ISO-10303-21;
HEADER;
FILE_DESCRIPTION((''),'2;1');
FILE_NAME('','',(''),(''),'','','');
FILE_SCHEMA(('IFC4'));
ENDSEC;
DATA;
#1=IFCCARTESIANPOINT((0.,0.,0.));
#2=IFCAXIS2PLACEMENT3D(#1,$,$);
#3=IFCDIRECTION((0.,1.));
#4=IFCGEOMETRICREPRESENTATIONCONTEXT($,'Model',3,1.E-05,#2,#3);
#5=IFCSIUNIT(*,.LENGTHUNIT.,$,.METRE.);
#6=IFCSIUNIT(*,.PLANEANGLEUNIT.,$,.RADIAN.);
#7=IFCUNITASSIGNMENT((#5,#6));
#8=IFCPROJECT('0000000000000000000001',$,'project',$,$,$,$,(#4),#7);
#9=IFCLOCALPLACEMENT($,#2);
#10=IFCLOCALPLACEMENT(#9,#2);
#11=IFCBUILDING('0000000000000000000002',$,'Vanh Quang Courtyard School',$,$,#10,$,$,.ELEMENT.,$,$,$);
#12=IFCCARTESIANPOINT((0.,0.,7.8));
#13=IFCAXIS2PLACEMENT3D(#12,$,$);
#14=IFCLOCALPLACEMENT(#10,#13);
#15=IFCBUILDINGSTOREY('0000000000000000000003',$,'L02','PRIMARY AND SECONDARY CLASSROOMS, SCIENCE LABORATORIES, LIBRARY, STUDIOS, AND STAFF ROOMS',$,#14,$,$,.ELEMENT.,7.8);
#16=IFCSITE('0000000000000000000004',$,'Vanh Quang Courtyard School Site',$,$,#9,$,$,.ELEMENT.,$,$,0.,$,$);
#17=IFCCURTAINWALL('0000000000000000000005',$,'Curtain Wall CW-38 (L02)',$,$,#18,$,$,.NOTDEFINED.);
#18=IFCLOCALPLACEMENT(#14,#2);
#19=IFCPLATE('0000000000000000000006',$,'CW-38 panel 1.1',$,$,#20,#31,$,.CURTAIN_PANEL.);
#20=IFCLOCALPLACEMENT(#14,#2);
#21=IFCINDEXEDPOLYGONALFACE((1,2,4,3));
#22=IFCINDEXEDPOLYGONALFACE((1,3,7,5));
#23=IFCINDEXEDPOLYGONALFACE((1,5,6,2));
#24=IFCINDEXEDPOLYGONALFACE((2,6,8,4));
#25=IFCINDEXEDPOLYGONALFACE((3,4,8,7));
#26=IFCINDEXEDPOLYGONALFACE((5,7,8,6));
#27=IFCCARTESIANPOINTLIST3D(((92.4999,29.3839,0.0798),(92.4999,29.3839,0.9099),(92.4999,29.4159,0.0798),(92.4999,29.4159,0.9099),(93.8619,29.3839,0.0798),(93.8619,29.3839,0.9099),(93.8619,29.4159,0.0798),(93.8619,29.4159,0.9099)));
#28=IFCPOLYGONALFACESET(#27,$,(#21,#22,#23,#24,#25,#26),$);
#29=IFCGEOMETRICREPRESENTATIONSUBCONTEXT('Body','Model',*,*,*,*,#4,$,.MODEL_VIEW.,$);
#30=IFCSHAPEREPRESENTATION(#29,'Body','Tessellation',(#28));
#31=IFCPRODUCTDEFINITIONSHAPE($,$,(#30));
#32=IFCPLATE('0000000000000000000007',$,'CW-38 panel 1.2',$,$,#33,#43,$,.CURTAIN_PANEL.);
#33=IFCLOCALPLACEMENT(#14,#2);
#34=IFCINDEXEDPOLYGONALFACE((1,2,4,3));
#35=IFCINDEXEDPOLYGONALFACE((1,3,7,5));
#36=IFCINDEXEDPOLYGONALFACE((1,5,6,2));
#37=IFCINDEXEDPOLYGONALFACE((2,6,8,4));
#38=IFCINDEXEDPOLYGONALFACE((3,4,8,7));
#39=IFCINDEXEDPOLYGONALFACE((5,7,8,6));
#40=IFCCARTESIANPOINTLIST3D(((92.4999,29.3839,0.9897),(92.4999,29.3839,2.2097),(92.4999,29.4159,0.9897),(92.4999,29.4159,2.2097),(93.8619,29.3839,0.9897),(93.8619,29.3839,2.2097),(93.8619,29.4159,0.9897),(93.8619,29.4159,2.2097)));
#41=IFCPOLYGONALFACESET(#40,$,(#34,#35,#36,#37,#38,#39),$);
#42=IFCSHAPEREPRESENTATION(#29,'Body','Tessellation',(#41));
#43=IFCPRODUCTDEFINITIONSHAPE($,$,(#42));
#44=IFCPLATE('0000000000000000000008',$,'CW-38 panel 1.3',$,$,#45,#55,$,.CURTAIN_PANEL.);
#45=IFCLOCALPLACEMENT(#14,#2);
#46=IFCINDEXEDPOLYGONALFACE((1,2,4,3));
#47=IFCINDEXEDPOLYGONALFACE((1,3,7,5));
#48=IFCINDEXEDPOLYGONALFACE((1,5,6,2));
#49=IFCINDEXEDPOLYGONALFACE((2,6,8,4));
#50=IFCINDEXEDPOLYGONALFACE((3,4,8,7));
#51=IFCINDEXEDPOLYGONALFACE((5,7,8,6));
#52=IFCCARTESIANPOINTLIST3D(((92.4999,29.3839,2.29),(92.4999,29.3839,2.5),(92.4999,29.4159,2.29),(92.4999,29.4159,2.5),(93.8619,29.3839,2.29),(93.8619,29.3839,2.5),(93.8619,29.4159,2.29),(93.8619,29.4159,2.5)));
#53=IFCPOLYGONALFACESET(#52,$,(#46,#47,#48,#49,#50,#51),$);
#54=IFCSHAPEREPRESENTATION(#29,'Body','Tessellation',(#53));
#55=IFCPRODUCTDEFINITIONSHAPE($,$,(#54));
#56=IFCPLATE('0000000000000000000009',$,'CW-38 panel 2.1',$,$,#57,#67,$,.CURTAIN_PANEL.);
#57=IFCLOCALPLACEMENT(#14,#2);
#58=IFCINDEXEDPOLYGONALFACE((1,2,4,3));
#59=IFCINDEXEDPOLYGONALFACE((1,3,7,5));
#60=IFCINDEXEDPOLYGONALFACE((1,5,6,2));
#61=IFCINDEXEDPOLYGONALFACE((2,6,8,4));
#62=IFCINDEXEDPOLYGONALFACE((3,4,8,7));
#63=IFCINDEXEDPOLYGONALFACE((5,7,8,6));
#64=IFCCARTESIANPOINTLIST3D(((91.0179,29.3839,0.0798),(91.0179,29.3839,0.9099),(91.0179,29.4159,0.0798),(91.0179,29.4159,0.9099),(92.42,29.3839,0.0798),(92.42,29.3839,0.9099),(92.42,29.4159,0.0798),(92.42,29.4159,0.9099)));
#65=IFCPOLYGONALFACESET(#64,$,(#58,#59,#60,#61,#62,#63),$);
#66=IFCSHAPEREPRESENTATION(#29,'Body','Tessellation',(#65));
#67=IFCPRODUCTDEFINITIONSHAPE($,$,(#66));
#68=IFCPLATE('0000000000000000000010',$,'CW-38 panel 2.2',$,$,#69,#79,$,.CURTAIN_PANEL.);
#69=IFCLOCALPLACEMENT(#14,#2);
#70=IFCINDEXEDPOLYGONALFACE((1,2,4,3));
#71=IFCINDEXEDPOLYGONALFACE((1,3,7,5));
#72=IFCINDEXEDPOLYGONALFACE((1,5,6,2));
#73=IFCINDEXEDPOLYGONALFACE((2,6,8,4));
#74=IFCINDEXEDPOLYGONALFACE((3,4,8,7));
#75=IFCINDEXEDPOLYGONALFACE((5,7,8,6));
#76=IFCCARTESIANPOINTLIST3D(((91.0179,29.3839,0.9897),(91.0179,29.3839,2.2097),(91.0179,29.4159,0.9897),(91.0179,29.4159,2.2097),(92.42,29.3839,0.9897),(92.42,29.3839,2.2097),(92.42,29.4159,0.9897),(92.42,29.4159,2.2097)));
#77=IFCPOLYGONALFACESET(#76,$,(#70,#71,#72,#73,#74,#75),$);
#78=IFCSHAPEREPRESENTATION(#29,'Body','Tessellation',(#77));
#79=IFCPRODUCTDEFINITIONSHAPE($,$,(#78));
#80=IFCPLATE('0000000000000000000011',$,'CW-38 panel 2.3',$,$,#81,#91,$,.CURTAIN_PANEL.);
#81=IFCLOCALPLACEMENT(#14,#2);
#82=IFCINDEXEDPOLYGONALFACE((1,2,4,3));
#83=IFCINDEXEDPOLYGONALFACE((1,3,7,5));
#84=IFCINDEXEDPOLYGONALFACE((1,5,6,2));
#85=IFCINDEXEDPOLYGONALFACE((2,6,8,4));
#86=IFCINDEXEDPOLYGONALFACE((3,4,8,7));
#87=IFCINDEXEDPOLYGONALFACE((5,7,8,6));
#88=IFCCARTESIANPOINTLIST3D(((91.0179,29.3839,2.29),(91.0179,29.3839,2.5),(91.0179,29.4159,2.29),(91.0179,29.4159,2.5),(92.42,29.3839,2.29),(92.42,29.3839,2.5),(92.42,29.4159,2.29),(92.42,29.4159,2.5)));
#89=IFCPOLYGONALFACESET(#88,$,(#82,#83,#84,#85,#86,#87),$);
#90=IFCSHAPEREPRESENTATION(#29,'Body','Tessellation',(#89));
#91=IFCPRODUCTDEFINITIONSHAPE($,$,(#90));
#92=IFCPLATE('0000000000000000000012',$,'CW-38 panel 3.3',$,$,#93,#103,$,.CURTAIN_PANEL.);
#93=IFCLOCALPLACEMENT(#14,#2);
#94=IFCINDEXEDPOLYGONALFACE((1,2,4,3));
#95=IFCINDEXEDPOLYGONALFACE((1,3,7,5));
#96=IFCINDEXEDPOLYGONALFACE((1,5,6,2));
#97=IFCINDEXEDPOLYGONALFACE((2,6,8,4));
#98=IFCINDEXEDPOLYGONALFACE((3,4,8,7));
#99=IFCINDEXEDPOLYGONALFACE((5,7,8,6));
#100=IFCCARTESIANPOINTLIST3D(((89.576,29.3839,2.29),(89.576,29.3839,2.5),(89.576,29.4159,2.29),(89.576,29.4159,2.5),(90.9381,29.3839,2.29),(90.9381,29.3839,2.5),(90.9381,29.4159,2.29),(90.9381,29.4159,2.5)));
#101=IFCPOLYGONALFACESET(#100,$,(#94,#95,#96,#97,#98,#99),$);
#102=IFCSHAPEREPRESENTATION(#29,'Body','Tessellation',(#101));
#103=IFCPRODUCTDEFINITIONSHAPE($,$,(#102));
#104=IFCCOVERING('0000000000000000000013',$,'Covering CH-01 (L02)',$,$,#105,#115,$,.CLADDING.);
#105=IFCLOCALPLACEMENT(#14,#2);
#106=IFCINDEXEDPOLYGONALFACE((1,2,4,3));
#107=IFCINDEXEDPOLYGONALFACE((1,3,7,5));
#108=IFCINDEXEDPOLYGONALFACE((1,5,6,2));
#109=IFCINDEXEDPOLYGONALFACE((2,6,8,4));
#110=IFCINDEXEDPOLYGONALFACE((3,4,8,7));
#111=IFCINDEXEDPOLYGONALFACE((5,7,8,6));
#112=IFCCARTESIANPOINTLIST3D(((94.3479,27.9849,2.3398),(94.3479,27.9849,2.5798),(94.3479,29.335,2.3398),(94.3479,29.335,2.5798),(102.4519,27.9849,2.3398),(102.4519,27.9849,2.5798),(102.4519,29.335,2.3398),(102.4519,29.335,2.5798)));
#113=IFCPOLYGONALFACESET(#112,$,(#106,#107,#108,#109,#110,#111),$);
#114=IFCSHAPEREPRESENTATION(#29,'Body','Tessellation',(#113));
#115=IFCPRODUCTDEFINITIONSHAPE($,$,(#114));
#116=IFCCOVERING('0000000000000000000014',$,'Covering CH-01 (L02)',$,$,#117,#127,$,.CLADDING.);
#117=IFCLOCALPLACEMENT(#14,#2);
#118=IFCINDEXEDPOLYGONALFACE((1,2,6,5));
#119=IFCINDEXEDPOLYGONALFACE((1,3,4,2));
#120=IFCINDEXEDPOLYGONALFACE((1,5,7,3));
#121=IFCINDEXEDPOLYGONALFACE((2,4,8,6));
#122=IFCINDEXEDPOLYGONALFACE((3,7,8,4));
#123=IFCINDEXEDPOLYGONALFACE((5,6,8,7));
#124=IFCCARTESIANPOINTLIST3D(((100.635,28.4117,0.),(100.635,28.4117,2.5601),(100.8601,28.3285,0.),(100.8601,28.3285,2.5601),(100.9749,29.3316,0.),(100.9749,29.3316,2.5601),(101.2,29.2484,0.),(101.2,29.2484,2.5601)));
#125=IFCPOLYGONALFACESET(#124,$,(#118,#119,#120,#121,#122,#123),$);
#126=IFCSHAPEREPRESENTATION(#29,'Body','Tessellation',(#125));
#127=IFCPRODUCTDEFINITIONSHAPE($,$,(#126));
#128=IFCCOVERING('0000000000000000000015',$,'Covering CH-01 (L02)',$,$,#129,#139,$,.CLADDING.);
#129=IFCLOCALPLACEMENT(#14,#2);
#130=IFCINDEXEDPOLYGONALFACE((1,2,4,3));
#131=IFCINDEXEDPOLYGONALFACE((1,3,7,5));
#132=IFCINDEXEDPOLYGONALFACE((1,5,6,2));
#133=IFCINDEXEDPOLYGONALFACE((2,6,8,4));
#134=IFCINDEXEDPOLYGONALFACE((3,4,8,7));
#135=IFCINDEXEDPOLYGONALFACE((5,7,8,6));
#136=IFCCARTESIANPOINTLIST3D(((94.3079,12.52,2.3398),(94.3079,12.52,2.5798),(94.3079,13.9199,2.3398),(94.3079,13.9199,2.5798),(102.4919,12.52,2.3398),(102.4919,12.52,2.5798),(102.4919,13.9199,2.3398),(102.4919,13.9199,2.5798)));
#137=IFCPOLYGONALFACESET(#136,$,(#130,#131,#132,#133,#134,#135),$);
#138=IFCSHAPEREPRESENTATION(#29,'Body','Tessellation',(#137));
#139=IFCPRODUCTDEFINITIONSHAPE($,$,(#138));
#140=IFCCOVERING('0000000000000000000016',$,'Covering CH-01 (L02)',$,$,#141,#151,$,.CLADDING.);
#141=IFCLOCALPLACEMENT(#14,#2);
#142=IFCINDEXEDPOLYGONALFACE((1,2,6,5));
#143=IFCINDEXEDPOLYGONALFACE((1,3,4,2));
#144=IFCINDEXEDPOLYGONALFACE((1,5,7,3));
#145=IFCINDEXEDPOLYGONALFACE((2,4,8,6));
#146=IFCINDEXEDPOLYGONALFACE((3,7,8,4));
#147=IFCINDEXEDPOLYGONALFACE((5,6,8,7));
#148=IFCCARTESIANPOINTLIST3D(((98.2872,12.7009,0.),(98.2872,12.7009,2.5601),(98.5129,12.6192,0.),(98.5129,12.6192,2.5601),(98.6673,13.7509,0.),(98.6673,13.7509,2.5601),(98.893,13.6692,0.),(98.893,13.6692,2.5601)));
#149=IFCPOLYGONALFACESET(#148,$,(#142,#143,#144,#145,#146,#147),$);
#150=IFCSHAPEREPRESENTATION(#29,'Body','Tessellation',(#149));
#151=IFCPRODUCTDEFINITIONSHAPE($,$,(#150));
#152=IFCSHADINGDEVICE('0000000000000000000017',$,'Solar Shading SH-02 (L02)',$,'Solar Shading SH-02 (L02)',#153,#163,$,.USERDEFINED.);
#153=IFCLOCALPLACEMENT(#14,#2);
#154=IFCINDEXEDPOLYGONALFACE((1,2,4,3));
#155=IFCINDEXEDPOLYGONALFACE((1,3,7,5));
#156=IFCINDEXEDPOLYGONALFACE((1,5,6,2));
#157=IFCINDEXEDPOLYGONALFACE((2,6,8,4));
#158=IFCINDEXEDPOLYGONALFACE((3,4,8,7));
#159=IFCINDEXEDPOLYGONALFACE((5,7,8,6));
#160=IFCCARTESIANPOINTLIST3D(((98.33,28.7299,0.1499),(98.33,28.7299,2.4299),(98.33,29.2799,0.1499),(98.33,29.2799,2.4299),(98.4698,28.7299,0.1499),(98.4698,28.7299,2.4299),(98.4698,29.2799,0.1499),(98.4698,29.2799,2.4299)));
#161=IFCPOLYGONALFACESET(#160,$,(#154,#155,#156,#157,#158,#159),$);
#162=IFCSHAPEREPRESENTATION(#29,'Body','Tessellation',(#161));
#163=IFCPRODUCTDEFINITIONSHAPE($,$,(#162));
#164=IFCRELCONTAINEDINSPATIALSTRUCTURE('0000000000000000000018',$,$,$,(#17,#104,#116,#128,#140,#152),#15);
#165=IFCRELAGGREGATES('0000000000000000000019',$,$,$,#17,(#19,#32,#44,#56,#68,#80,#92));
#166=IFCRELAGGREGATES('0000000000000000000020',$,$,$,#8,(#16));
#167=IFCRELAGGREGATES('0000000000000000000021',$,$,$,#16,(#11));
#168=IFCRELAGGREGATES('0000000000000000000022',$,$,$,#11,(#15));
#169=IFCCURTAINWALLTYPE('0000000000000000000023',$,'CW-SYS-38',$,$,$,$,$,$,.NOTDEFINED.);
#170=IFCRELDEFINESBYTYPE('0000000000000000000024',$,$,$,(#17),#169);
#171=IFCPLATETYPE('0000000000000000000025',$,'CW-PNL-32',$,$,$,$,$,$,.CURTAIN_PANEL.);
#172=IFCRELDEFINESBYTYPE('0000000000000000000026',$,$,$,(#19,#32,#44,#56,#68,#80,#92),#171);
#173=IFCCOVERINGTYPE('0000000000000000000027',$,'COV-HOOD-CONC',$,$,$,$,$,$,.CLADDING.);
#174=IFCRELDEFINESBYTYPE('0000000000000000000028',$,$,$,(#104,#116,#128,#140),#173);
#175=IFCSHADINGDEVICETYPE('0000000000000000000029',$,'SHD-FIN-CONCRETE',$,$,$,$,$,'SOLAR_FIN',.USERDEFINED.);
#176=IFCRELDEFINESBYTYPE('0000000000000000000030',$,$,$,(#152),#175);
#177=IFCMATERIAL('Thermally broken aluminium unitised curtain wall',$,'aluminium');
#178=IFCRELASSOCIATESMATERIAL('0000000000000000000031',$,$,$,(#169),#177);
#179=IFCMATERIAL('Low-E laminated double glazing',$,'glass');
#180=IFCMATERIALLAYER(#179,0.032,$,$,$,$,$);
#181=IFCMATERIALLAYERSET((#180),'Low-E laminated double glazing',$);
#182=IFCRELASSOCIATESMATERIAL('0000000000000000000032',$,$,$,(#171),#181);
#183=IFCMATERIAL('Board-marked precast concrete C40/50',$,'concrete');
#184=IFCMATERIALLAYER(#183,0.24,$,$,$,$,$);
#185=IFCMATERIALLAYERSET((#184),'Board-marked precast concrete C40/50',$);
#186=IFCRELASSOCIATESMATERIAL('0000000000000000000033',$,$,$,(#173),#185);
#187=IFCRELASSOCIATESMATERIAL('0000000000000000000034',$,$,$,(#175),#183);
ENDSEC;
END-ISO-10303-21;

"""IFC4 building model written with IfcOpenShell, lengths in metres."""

from ifc_helpers import new_model, si_unit, direction, frame, origin, origin_2d, place, context, subcontext, project, spatial, rectangle, extrude, material, layer, layer_set, type_object, element, aggregate, save


model = new_model("IFC4")

# Units and contexts
model_context = context("Model", 3, precision=1e-05, world=origin(), true_north=direction((0.0, 1.0)))
body_context = subcontext(model_context, "Body", "Model", "MODEL_VIEW")
ifc_project = project(units=[si_unit("LENGTHUNIT", "METRE"), si_unit("PLANEANGLEUNIT", "RADIAN")], contexts=[model_context])

# Site, building, storey
site_placement = place(None, origin())
site = spatial("IfcSite", under=ifc_project, at=site_placement, Name="Vanh Quang Courtyard School Site", CompositionType="ELEMENT", RefElevation=0.0)
building_placement = place(site_placement, origin())
building = spatial("IfcBuilding", under=site, at=building_placement, Name="Vanh Quang Courtyard School", CompositionType="ELEMENT")
storey_placement = place(building_placement, frame((0.0, 0.0, 7.8)))
storey = spatial("IfcBuildingStorey", under=building, at=storey_placement, Name="L02", Description="PRIMARY AND SECONDARY CLASSROOMS, SCIENCE LABORATORIES, LIBRARY, STUDIOS, AND STAFF ROOMS", CompositionType="ELEMENT", Elevation=7.8)

# Curtain wall, plates
ifc_material_1 = material(Name="Thermally broken aluminium unitised curtain wall", Category="aluminium")
curtain_wall_type = type_object("IfcCurtainWallType", Name="CW-SYS-38", PredefinedType="NOTDEFINED", material=ifc_material_1)
curtain_wall_placement = place(storey_placement, origin())
curtain_wall = element("IfcCurtainWall", 1, at=curtain_wall_placement, inside=storey, type_object=curtain_wall_type, Name="Curtain Wall CW-38 (L02)", PredefinedType="NOTDEFINED")
ifc_material_2 = material(Name="Low-E laminated double glazing", Category="glass")
ifc_layer_1 = layer(ifc_material_2, 0.032)
ifc_layer_set_1 = layer_set([ifc_layer_1], Name="Low-E laminated double glazing")
plate_type = type_object("IfcPlateType", Name="CW-PNL-32", PredefinedType="CURTAIN_PANEL", material=ifc_layer_set_1)
plate_1_placement = place(storey_placement, frame((93.1809, 29.3999, 0.0798), z_axis=(0.0, 0.0, 1.0), x_axis=(-1.0, 0.0, 0.0)))
plate_1 = element("IfcPlate", 2, at=plate_1_placement, type_object=plate_type, Name="CW-38 panel 1.1", PredefinedType="CURTAIN_PANEL", context=body_context, shape_type="SweptSolid", body=[
    extrude(rectangle(XDim=1.3621, YDim=0.032, at=origin_2d()), origin(), (0.0, 0.0, 1.0), 0.8301),
])
plate_2_placement = place(storey_placement, frame((93.1809, 29.3999, 0.9897), z_axis=(0.0, 0.0, 1.0), x_axis=(-1.0, 0.0, 0.0)))
plate_2 = element("IfcPlate", 3, at=plate_2_placement, type_object=plate_type, Name="CW-38 panel 1.2", PredefinedType="CURTAIN_PANEL", context=body_context, shape_type="SweptSolid", body=[
    extrude(rectangle(XDim=1.3621, YDim=0.032, at=origin_2d()), origin(), (0.0, 0.0, 1.0), 1.22),
])
plate_3_placement = place(storey_placement, frame((93.1809, 29.3999, 2.29), z_axis=(0.0, 0.0, 1.0), x_axis=(-1.0, 0.0, 0.0)))
plate_3 = element("IfcPlate", 4, at=plate_3_placement, type_object=plate_type, Name="CW-38 panel 1.3", PredefinedType="CURTAIN_PANEL", context=body_context, shape_type="SweptSolid", body=[
    extrude(rectangle(XDim=1.3621, YDim=0.032, at=origin_2d()), origin(), (0.0, 0.0, 1.0), 0.21),
])
plate_4_placement = place(storey_placement, frame((91.719, 29.3999, 0.0798), z_axis=(0.0, 0.0, 1.0), x_axis=(-1.0, 0.0, 0.0)))
plate_4 = element("IfcPlate", 5, at=plate_4_placement, type_object=plate_type, Name="CW-38 panel 2.1", PredefinedType="CURTAIN_PANEL", context=body_context, shape_type="SweptSolid", body=[
    extrude(rectangle(XDim=1.4021, YDim=0.032, at=origin_2d()), origin(), (0.0, 0.0, 1.0), 0.8301),
])
plate_5_placement = place(storey_placement, frame((91.719, 29.3999, 0.9897), z_axis=(0.0, 0.0, 1.0), x_axis=(-1.0, 0.0, 0.0)))
plate_5 = element("IfcPlate", 6, at=plate_5_placement, type_object=plate_type, Name="CW-38 panel 2.2", PredefinedType="CURTAIN_PANEL", context=body_context, shape_type="SweptSolid", body=[
    extrude(rectangle(XDim=1.4021, YDim=0.032, at=origin_2d()), origin(), (0.0, 0.0, 1.0), 1.22),
])
plate_6_placement = place(storey_placement, frame((91.719, 29.3999, 2.29), z_axis=(0.0, 0.0, 1.0), x_axis=(-1.0, 0.0, 0.0)))
plate_6 = element("IfcPlate", 7, at=plate_6_placement, type_object=plate_type, Name="CW-38 panel 2.3", PredefinedType="CURTAIN_PANEL", context=body_context, shape_type="SweptSolid", body=[
    extrude(rectangle(XDim=1.4021, YDim=0.032, at=origin_2d()), origin(), (0.0, 0.0, 1.0), 0.21),
])
plate_7_placement = place(storey_placement, frame((90.2571, 29.3999, 2.29), z_axis=(0.0, 0.0, 1.0), x_axis=(-1.0, 0.0, 0.0)))
plate_7 = element("IfcPlate", 8, at=plate_7_placement, type_object=plate_type, Name="CW-38 panel 3.3", PredefinedType="CURTAIN_PANEL", context=body_context, shape_type="SweptSolid", body=[
    extrude(rectangle(XDim=1.3621, YDim=0.032, at=origin_2d()), origin(), (0.0, 0.0, 1.0), 0.21),
])
aggregate(curtain_wall, [plate_1, plate_2, plate_3, plate_4, plate_5, plate_6, plate_7])

# Coverings
ifc_material_3 = material(Name="Board-marked precast concrete C40/50", Category="concrete")
ifc_layer_2 = layer(ifc_material_3, 0.24)
ifc_layer_set_2 = layer_set([ifc_layer_2], Name="Board-marked precast concrete C40/50")
covering_type = type_object("IfcCoveringType", Name="COV-HOOD-CONC", PredefinedType="CLADDING", material=ifc_layer_set_2)
covering_1_placement = place(storey_placement, frame((98.3999, 28.6599, 2.3398), z_axis=(0.0, 0.0, 1.0), x_axis=(-1.0, 0.0, 0.0)))
element("IfcCovering", 9, at=covering_1_placement, inside=storey, type_object=covering_type, Name="Covering CH-01 (L02)", PredefinedType="CLADDING", context=body_context, shape_type="SweptSolid", body=[
    extrude(rectangle(XDim=8.104, YDim=1.3501, at=origin_2d()), origin(), (0.0, 0.0, 1.0), 0.24),
])
covering_2_placement = place(storey_placement, frame((100.9175, 28.8301, 0.0), z_axis=(0.0, 0.0, 1.0), x_axis=(-0.346608, -0.93801, 0.0)))
element("IfcCovering", 10, at=covering_2_placement, inside=storey, type_object=covering_type, Name="Covering CH-01 (L02)", PredefinedType="CLADDING", context=body_context, shape_type="SweptSolid", body=[
    extrude(rectangle(XDim=0.9807, YDim=0.24, at=origin_2d()), origin(), (0.0, 0.0, 1.0), 2.5601),
])
covering_3_placement = place(storey_placement, frame((98.3999, 13.22, 2.3398), z_axis=(0.0, 0.0, 1.0), x_axis=(1.0, 0.0, 0.0)))
element("IfcCovering", 11, at=covering_3_placement, inside=storey, type_object=covering_type, Name="Covering CH-01 (L02)", PredefinedType="CLADDING", context=body_context, shape_type="SweptSolid", body=[
    extrude(rectangle(XDim=8.1841, YDim=1.3999, at=origin_2d()), origin(), (0.0, 0.0, 1.0), 0.24),
])
covering_4_placement = place(storey_placement, frame((98.5901, 13.1851, 0.0), z_axis=(0.0, 0.0, 1.0), x_axis=(0.34038, 0.940288, 0.0)))
element("IfcCovering", 12, at=covering_4_placement, inside=storey, type_object=covering_type, Name="Covering CH-01 (L02)", PredefinedType="CLADDING", context=body_context, shape_type="SweptSolid", body=[
    extrude(rectangle(XDim=1.1167, YDim=0.24, at=origin_2d()), origin(), (0.0, 0.0, 1.0), 2.5601),
])

# Shading device
shading_device_type = type_object("IfcShadingDeviceType", Name="SHD-FIN-CONCRETE", ElementType="SOLAR_FIN", PredefinedType="USERDEFINED", material=ifc_material_3)
shading_device_placement = place(storey_placement, frame((98.3999, 29.0049, 0.1499), z_axis=(0.0, 0.0, 1.0), x_axis=(-1.0, 0.0, 0.0)))
element("IfcShadingDevice", 13, at=shading_device_placement, inside=storey, type_object=shading_device_type, Name="Solar Shading SH-02 (L02)", ObjectType="Solar Shading SH-02 (L02)", PredefinedType="USERDEFINED", context=body_context, shape_type="SweptSolid", body=[
    extrude(rectangle(XDim=0.1399, YDim=0.55, at=origin_2d()), origin(), (0.0, 0.0, 1.0), 2.28),
])

save(model, "model.ifc")
